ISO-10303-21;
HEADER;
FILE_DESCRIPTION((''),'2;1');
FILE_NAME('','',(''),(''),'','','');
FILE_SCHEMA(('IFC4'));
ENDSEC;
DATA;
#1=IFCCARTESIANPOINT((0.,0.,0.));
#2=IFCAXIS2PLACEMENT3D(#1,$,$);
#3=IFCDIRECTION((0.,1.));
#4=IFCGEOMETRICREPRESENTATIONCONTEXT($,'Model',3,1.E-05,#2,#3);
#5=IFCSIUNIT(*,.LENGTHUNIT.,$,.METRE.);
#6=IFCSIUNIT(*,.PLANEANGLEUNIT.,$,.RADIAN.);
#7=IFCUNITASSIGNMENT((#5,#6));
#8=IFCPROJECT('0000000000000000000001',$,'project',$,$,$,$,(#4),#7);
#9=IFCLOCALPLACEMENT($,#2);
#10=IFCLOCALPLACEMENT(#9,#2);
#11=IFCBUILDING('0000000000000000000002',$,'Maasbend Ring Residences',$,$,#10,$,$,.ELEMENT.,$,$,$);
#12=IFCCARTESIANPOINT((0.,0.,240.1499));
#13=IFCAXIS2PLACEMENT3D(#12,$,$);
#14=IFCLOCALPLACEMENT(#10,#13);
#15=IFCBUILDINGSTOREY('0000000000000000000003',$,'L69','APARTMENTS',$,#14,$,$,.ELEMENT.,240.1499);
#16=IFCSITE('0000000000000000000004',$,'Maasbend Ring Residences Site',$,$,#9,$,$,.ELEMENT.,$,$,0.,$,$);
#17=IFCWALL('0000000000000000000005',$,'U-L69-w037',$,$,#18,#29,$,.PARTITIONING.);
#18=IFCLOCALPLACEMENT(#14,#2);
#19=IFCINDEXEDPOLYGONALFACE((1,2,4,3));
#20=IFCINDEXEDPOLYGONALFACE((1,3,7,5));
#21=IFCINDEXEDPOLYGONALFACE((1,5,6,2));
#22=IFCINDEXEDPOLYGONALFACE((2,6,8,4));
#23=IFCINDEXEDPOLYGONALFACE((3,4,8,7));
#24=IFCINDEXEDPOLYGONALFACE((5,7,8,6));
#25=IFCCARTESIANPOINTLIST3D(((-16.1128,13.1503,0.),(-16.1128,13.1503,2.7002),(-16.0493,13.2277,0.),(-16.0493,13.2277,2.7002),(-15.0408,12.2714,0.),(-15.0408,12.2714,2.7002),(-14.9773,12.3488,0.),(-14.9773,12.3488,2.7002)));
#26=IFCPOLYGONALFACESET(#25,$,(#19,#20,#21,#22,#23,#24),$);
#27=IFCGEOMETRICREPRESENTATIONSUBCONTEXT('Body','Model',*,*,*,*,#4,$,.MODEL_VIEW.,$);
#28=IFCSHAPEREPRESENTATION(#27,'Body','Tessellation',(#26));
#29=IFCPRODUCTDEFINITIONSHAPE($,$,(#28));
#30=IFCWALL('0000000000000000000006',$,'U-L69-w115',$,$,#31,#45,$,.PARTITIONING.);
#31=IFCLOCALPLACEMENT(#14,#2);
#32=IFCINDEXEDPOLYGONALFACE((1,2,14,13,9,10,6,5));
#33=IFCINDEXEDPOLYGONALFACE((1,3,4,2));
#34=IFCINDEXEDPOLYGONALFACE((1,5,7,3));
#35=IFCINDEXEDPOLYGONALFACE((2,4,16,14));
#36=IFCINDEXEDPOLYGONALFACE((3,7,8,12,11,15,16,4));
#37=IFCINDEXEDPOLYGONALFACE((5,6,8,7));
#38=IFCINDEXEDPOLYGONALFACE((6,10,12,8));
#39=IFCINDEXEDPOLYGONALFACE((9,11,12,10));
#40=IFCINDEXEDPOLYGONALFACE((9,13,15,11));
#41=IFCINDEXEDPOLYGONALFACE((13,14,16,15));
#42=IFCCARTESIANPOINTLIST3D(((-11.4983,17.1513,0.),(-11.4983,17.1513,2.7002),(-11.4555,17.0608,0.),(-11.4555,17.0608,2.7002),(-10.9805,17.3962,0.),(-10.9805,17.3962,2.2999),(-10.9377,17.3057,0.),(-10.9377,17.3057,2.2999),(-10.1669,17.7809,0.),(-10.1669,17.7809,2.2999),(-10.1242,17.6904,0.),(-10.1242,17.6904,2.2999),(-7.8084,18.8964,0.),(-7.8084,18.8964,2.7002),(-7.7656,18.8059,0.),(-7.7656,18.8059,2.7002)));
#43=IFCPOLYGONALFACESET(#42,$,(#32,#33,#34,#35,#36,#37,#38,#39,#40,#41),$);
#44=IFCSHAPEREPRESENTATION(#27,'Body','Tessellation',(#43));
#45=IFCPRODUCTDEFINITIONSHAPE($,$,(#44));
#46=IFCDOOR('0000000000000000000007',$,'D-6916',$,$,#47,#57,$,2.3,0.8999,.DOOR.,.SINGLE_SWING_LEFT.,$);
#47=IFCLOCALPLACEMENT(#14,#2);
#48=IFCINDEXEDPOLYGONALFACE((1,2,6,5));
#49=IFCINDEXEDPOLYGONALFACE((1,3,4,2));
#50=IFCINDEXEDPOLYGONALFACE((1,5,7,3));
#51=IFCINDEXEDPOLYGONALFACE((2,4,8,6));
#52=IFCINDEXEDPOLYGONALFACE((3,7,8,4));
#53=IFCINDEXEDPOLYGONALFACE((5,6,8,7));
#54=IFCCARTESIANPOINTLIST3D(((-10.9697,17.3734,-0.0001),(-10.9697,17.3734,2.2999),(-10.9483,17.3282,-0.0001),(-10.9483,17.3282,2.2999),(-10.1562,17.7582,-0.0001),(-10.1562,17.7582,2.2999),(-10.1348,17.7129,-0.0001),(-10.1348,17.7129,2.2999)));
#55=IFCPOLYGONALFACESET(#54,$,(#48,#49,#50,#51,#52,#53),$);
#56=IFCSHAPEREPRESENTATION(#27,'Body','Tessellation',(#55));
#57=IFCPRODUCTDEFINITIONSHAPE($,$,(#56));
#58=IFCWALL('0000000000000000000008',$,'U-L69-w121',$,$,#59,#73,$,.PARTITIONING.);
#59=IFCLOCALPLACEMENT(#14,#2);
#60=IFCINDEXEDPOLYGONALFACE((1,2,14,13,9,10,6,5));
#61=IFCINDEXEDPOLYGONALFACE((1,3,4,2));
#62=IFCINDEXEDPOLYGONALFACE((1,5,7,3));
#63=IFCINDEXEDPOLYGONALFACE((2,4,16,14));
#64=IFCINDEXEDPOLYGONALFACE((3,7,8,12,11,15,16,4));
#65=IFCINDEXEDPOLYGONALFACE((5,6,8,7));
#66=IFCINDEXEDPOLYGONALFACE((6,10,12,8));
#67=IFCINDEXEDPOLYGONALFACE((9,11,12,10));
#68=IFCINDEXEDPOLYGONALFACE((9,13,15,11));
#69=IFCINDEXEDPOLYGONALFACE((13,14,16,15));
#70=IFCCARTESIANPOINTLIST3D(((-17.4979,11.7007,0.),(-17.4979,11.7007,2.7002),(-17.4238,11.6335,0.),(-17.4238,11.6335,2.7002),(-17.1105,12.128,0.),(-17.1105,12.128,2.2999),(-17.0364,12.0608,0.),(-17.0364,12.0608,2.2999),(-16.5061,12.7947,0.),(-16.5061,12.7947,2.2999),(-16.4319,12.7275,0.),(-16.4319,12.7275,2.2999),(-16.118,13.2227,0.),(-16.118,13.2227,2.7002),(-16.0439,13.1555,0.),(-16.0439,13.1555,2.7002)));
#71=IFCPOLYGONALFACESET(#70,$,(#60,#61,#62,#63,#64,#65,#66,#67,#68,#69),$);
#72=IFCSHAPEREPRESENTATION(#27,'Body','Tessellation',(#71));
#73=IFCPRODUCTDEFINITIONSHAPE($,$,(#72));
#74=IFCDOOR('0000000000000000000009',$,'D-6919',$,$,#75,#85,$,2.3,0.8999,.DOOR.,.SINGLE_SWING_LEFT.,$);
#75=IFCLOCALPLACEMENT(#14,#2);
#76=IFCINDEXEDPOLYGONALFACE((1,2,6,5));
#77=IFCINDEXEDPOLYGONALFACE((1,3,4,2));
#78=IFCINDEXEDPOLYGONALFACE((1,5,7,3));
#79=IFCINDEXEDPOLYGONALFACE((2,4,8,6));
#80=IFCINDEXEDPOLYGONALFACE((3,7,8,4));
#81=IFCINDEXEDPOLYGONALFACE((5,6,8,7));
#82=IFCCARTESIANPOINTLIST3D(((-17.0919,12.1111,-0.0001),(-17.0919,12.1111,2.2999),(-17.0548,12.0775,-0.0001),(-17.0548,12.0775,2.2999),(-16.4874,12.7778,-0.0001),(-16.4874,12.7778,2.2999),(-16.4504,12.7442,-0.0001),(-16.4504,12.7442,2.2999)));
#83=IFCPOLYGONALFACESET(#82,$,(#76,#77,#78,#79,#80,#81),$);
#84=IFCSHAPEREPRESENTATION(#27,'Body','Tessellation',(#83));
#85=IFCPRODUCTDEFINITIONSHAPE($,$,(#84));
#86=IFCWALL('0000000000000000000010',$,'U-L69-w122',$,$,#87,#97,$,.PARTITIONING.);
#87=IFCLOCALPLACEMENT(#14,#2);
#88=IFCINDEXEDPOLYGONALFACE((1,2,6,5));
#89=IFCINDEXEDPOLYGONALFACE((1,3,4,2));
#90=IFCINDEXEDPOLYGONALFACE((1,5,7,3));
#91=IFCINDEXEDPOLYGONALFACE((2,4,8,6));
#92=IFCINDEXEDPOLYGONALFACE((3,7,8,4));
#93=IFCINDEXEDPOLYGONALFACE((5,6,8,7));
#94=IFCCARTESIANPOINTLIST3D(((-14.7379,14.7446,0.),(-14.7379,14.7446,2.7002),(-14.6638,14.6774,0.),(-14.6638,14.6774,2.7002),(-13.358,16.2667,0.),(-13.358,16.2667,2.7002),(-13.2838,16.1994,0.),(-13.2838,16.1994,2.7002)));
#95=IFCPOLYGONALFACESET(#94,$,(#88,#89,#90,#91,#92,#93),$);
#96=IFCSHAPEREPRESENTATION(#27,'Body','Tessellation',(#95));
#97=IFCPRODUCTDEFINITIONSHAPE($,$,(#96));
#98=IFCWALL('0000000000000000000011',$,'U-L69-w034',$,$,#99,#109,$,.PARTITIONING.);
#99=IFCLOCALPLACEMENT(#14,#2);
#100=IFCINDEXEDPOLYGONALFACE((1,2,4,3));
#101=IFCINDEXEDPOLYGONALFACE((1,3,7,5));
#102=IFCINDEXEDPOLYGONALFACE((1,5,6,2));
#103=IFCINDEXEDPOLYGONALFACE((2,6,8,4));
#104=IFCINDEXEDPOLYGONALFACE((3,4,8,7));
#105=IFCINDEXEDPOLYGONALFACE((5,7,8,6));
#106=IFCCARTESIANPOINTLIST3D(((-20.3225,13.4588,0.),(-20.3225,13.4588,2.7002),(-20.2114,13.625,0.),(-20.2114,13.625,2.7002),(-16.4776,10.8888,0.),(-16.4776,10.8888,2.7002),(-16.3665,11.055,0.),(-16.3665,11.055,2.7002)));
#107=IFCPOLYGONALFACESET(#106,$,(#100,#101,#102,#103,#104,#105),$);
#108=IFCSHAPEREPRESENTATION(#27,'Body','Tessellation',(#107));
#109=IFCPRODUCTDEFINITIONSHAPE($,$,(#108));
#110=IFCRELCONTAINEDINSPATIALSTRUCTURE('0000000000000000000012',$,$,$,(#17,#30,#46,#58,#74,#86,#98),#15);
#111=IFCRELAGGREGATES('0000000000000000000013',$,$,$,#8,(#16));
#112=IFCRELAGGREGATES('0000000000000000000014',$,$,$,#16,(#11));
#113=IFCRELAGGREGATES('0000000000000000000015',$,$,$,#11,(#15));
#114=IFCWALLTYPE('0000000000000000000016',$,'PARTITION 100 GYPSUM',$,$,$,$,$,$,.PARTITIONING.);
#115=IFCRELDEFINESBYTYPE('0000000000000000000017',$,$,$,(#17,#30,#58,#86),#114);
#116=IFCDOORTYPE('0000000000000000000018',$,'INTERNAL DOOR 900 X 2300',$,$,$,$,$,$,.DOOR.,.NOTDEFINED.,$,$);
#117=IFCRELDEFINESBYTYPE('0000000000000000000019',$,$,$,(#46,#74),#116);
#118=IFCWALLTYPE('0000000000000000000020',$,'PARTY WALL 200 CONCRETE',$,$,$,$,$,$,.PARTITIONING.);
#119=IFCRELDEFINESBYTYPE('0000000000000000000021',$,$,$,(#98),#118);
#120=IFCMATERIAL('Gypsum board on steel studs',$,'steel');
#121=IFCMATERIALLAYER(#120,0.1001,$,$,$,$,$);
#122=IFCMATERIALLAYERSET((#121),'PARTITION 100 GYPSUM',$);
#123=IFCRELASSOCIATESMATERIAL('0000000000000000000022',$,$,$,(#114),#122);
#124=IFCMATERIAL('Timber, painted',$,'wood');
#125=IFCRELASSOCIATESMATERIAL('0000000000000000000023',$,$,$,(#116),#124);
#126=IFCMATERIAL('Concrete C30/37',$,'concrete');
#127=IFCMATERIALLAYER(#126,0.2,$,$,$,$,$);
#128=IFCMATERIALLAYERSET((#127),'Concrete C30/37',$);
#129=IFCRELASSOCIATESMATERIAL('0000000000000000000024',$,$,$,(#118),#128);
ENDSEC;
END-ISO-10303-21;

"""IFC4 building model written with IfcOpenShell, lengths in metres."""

from ifc_helpers import new_model, si_unit, direction, frame, frame_2d, origin, place, context, subcontext, project, spatial, rectangle, extrude, material, layer, layer_set, type_object, element, fill, save


model = new_model("IFC4")

# Units and contexts
model_context = context("Model", 3, precision=1e-05, world=origin(), true_north=direction((0.0, 1.0)))
body_context = subcontext(model_context, "Body", "Model", "MODEL_VIEW")
ifc_project = project(units=[si_unit("LENGTHUNIT", "METRE"), si_unit("PLANEANGLEUNIT", "RADIAN")], contexts=[model_context])

# Site, building, storey
site_placement = place(None, origin())
site = spatial("IfcSite", under=ifc_project, at=site_placement, Name="Maasbend Ring Residences Site", CompositionType="ELEMENT", RefElevation=0.0)
building_placement = place(site_placement, origin())
building = spatial("IfcBuilding", under=site, at=building_placement, Name="Maasbend Ring Residences", CompositionType="ELEMENT")
storey_placement = place(building_placement, frame((0.0, 0.0, 240.1499)))
storey = spatial("IfcBuildingStorey", under=building, at=storey_placement, Name="L69", Description="APARTMENTS", CompositionType="ELEMENT", Elevation=240.1499)

# Shared definitions
ifc_material_1 = material(Name="Gypsum board on steel studs", Category="steel")
ifc_layer_1 = layer(ifc_material_1, 0.1001)
ifc_layer_set_1 = layer_set([ifc_layer_1], Name="PARTITION 100 GYPSUM")
wall_type_1 = type_object("IfcWallType", Name="PARTITION 100 GYPSUM", PredefinedType="PARTITIONING", material=ifc_layer_set_1)
ifc_material_2 = material(Name="Timber, painted", Category="wood")
door_type_1 = type_object("IfcDoorType", Name="INTERNAL DOOR 900 X 2300", OperationType="NOTDEFINED", PredefinedType="DOOR", material=ifc_material_2)

# Wall
wall_1_placement = place(storey_placement, frame((-16.0811, 13.189, 0.0), z_axis=(0.0, 0.0, 1.0), x_axis=(0.773321, -0.634014, 0.0)))
element("IfcWall", 1, at=wall_1_placement, inside=storey, type_object=wall_type_1, Name="U-L69-w037", PredefinedType="PARTITIONING", context=body_context, shape_type="SweptSolid", body=[
    extrude(rectangle(XDim=1.3862, YDim=0.1001, at=frame_2d((0.6931, 0.0))), origin(), (0.0, 0.0, 1.0), 2.7002),
])

# Walls, openings, doors
wall_2_placement = place(storey_placement, frame((-11.4771, 17.106, 0.0), z_axis=(0.0, 0.0, 1.0), x_axis=(0.903998, 0.427536, 0.0)))
wall_2 = element("IfcWall", 2, at=wall_2_placement, inside=storey, type_object=wall_type_1, Name="U-L69-w115", PredefinedType="PARTITIONING", context=body_context, shape_type="SweptSolid", body=[
    extrude(rectangle(XDim=4.0818, YDim=0.1001, at=frame_2d((2.041, 0.0))), origin(), (0.0, 0.0, 1.0), 2.7002),
])
opening_1_placement = place(wall_2_placement, frame((0.573, 0.0, 0.0)))
opening_1 = element("IfcOpeningElement", 3, at=opening_1_placement, cuts=wall_2, PredefinedType="OPENING", context=body_context, shape_type="SweptSolid", body=[
    extrude(rectangle(XDim=0.8999, YDim=2.3, at=frame_2d((0.45, 1.1499))), frame((0.0, 0.0601, 0.0), z_axis=(0.0, -1.0, 0.0), x_axis=(1.0, 0.0, 0.0)), (0.0, 0.0, 1.0), 0.1201),
])
door_1_placement = place(opening_1_placement, origin())
door_1 = element("IfcDoor", 4, at=door_1_placement, inside=storey, type_object=door_type_1, Name="D-6916", OperationType="SINGLE_SWING_LEFT", OverallHeight=2.3, OverallWidth=0.8999, PredefinedType="DOOR", context=body_context, shape_type="SweptSolid", body=[
    extrude(rectangle(XDim=0.8999, YDim=2.3, at=frame_2d((0.45, 1.1499))), frame((0.0, 0.0249, 0.0), z_axis=(0.0, -1.0, 0.0), x_axis=(1.0, 0.0, 0.0)), (0.0, 0.0, 1.0), 0.05),
])
fill(opening_1, door_1)
wall_3_placement = place(storey_placement, frame((-17.4609, 11.667, 0.0), z_axis=(0.0, 0.0, 1.0), x_axis=(0.671678, 0.740843, 0.0)))
wall_3 = element("IfcWall", 5, at=wall_3_placement, inside=storey, type_object=wall_type_1, Name="U-L69-w121", PredefinedType="PARTITIONING", context=body_context, shape_type="SweptSolid", body=[
    extrude(rectangle(XDim=2.0544, YDim=0.1001, at=frame_2d((1.0273, 0.0))), origin(), (0.0, 0.0, 1.0), 2.7002),
])
opening_2_placement = place(wall_3_placement, frame((0.5769, 0.0, 0.0)))
opening_2 = element("IfcOpeningElement", 6, at=opening_2_placement, cuts=wall_3, PredefinedType="OPENING", context=body_context, shape_type="SweptSolid", body=[
    extrude(rectangle(XDim=0.8999, YDim=2.3, at=frame_2d((0.45, 1.1499))), frame((0.0, 0.0601, 0.0), z_axis=(0.0, -1.0, 0.0), x_axis=(1.0, 0.0, 0.0)), (0.0, 0.0, 1.0), 0.1201),
])
door_2_placement = place(opening_2_placement, origin())
door_2 = element("IfcDoor", 7, at=door_2_placement, inside=storey, type_object=door_type_1, Name="D-6919", OperationType="SINGLE_SWING_LEFT", OverallHeight=2.3, OverallWidth=0.8999, PredefinedType="DOOR", context=body_context, shape_type="SweptSolid", body=[
    extrude(rectangle(XDim=0.8999, YDim=2.3, at=frame_2d((0.45, 1.1499))), frame((0.0, 0.0249, 0.0), z_axis=(0.0, -1.0, 0.0), x_axis=(1.0, 0.0, 0.0)), (0.0, 0.0, 1.0), 0.05),
])
fill(opening_2, door_2)

# Walls
wall_4_placement = place(storey_placement, frame((-14.7009, 14.7109, 0.0), z_axis=(0.0, 0.0, 1.0), x_axis=(0.671678, 0.740843, 0.0)))
element("IfcWall", 8, at=wall_4_placement, inside=storey, type_object=wall_type_1, Name="U-L69-w122", PredefinedType="PARTITIONING", context=body_context, shape_type="SweptSolid", body=[
    extrude(rectangle(XDim=2.0544, YDim=0.1001, at=frame_2d((1.0273, 0.0))), origin(), (0.0, 0.0, 1.0), 2.7002),
])
ifc_material_3 = material(Name="Concrete C30/37", Category="concrete")
ifc_layer_2 = layer(ifc_material_3, 0.2)
ifc_layer_set_2 = layer_set([ifc_layer_2], Name="Concrete C30/37")
wall_type_2 = type_object("IfcWallType", Name="PARTY WALL 200 CONCRETE", PredefinedType="PARTITIONING", material=ifc_layer_set_2)
wall_5_placement = place(storey_placement, frame((-20.2671, 13.542, 0.0), z_axis=(0.0, 0.0, 1.0), x_axis=(0.831376, -0.555711, 0.0)))
element("IfcWall", 9, at=wall_5_placement, inside=storey, type_object=wall_type_2, Name="U-L69-w034", PredefinedType="PARTITIONING", context=body_context, shape_type="SweptSolid", body=[
    extrude(rectangle(XDim=4.6248, YDim=0.2, at=frame_2d((2.3125, 0.0))), origin(), (0.0, 0.0, 1.0), 2.7002),
])

save(model, "model.ifc")
